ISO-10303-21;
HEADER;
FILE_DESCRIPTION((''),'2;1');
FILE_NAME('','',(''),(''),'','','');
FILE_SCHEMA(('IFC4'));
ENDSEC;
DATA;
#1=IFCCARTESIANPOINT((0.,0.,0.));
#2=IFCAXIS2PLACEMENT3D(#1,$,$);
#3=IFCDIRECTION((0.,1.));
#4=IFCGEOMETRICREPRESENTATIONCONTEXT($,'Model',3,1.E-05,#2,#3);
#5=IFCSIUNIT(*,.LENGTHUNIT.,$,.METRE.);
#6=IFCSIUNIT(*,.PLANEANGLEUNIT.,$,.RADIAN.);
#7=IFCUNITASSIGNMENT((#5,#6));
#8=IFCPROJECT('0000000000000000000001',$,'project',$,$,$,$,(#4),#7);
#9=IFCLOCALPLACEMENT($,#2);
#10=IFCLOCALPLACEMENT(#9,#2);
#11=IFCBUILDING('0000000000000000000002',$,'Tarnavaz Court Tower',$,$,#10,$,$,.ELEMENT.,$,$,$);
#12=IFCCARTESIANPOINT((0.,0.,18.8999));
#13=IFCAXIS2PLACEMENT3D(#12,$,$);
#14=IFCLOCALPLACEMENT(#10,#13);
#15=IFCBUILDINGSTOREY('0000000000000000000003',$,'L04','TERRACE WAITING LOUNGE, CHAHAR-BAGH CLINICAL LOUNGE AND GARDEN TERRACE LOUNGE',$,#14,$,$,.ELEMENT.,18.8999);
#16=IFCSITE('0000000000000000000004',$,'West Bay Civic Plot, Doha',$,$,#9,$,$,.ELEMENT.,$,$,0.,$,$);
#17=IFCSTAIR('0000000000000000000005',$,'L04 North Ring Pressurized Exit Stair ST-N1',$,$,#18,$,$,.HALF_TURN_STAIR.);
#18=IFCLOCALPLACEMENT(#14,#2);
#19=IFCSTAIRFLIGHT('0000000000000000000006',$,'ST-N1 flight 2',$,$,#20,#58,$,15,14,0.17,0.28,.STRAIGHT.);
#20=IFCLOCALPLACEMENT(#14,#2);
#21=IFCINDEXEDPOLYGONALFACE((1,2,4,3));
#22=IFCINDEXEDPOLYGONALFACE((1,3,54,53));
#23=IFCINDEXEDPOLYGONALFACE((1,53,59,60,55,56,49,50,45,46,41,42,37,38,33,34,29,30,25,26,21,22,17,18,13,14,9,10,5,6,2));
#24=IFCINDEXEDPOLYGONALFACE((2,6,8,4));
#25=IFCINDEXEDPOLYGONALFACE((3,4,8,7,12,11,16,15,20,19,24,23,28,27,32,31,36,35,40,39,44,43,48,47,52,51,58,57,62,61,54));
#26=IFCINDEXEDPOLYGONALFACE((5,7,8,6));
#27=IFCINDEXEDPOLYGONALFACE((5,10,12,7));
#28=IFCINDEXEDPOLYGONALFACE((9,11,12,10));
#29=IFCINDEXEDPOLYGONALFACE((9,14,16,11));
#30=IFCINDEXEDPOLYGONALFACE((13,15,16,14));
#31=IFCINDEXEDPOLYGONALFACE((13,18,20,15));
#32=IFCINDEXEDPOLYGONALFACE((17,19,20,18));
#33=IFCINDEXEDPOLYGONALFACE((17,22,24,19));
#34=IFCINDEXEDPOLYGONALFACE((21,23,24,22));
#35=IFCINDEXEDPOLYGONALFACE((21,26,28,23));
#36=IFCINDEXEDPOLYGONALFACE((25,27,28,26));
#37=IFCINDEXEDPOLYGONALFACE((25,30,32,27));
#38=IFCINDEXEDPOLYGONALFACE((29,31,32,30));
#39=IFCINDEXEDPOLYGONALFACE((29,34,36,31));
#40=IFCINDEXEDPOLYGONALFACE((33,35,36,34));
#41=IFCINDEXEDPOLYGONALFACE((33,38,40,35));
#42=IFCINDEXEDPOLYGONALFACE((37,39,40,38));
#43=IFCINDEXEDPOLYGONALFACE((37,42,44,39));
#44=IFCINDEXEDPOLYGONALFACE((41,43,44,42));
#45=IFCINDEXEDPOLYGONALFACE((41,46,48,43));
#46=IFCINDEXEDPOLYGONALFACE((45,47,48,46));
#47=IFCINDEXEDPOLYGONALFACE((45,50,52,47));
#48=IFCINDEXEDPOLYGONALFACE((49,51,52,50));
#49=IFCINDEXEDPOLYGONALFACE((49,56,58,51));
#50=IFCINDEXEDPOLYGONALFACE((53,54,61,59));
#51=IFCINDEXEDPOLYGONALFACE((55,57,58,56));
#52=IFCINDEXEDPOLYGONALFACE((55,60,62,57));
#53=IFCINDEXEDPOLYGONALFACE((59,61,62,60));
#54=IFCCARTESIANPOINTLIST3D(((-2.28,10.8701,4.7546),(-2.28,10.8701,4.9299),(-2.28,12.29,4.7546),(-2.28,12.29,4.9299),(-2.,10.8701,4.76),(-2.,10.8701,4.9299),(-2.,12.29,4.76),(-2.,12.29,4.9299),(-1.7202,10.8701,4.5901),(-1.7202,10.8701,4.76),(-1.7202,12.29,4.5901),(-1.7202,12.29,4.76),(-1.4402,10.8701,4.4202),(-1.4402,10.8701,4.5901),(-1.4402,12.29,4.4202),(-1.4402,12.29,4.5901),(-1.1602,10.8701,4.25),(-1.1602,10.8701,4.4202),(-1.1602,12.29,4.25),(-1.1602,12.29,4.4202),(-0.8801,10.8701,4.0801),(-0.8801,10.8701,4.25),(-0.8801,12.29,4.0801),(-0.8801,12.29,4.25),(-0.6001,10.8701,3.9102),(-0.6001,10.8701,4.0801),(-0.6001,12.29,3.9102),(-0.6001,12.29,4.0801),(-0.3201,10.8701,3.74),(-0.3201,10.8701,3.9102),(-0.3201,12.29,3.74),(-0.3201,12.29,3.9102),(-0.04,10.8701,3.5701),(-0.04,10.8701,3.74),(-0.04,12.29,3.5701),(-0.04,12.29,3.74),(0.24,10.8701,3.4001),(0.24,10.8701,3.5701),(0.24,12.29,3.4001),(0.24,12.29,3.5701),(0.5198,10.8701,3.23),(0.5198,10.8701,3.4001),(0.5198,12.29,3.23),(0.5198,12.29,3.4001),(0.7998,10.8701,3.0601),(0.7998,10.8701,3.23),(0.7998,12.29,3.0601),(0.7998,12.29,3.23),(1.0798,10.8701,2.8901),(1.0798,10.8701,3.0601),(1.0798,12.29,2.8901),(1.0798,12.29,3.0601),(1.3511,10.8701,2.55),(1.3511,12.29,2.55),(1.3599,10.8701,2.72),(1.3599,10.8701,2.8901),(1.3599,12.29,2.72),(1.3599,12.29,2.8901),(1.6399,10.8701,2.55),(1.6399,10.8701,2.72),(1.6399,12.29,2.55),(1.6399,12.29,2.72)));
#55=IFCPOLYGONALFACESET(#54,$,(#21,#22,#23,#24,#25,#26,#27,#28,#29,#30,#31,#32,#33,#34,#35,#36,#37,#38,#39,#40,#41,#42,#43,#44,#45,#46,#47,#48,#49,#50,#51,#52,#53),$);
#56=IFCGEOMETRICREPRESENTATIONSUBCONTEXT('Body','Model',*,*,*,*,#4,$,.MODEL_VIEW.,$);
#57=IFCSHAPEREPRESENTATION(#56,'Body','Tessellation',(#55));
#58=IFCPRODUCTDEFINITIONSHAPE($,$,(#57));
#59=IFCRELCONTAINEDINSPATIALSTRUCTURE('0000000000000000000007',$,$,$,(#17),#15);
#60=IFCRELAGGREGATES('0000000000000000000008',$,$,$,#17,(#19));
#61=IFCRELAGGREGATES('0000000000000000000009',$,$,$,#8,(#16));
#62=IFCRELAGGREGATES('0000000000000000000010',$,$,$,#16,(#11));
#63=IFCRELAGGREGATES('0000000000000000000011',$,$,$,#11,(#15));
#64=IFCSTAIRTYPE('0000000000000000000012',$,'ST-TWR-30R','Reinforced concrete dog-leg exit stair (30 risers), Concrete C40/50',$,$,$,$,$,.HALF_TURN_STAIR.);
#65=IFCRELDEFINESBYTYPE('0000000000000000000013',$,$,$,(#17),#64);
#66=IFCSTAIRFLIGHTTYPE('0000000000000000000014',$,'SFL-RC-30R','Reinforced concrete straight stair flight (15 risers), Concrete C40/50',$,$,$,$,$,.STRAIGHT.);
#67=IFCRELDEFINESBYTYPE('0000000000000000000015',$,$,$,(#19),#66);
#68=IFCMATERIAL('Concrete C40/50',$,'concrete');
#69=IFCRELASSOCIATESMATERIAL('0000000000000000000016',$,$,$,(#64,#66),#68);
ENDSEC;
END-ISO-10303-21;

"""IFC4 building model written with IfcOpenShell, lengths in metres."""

from ifc_helpers import new_model, si_unit, direction, frame, origin, place, context, subcontext, project, spatial, polyline, outline, extrude, material, type_object, element, aggregate, save


model = new_model("IFC4")

# Units and contexts
model_context = context("Model", 3, precision=1e-05, world=origin(), true_north=direction((0.0, 1.0)))
body_context = subcontext(model_context, "Body", "Model", "MODEL_VIEW")
ifc_project = project(units=[si_unit("LENGTHUNIT", "METRE"), si_unit("PLANEANGLEUNIT", "RADIAN")], contexts=[model_context])

# Site, building, storey
site_placement = place(None, origin())
site = spatial("IfcSite", under=ifc_project, at=site_placement, Name="West Bay Civic Plot, Doha", CompositionType="ELEMENT", RefElevation=0.0)
building_placement = place(site_placement, origin())
building = spatial("IfcBuilding", under=site, at=building_placement, Name="Tarnavaz Court Tower", CompositionType="ELEMENT")
storey_placement = place(building_placement, frame((0.0, 0.0, 18.8999)))
storey = spatial("IfcBuildingStorey", under=building, at=storey_placement, Name="L04", Description="TERRACE WAITING LOUNGE, CHAHAR-BAGH CLINICAL LOUNGE AND GARDEN TERRACE LOUNGE", CompositionType="ELEMENT", Elevation=18.8999)

# Stair, stair flight
ifc_material_1 = material(Name="Concrete C40/50", Category="concrete")
stair_type = type_object("IfcStairType", Name="ST-TWR-30R", Description="Reinforced concrete dog-leg exit stair (30 risers), Concrete C40/50", PredefinedType="HALF_TURN_STAIR", material=ifc_material_1)
stair_placement = place(storey_placement, origin())
stair = element("IfcStair", 1, at=stair_placement, inside=storey, type_object=stair_type, Name="L04 North Ring Pressurized Exit Stair ST-N1", PredefinedType="HALF_TURN_STAIR")
stair_flight_type = type_object("IfcStairFlightType", Name="SFL-RC-30R", Description="Reinforced concrete straight stair flight (15 risers), Concrete C40/50", PredefinedType="STRAIGHT", material=ifc_material_1)
stair_flight_placement = place(storey_placement, frame((1.6399, 11.5801, 2.55), z_axis=(0.0, 0.0, 1.0), x_axis=(-1.0, 0.0, 0.0)))
stair_flight = element("IfcStairFlight", 2, at=stair_flight_placement, type_object=stair_flight_type, Name="ST-N1 flight 2", NumberOfRisers=15, NumberOfTreads=14, PredefinedType="STRAIGHT", RiserHeight=0.17, TreadLength=0.28, context=body_context, shape_type="SweptSolid", body=[
    extrude(outline(polyline([(0.0, 0.0), (0.0, 0.1699), (0.28, 0.1699), (0.28, 0.3401), (0.5601, 0.3401), (0.5601, 0.51), (0.8401, 0.51), (0.8401, 0.6799), (1.1201, 0.6799), (1.1201, 0.8501), (1.3999, 0.8501), (1.3999, 1.02), (1.6799, 1.02), (1.6799, 1.1899), (1.96, 1.1899), (1.96, 1.3601), (2.24, 1.3601), (2.24, 1.53), (2.52, 1.53), (2.52, 1.7), (2.8, 1.7), (2.8, 1.8701), (3.0801, 1.8701), (3.0801, 2.04), (3.3601, 2.04), (3.3601, 2.21), (3.6399, 2.21), (3.6399, 2.3799), (3.9199, 2.3799), (3.9199, 2.55), (3.9199, 2.2046), (0.2888, 0.0), (0.0, 0.0)])), frame((0.0, 0.71, 0.0), z_axis=(0.0, -1.0, 0.0), x_axis=(1.0, 0.0, 0.0)), (0.0, 0.0, 1.0), 1.4199),
])
aggregate(stair, [stair_flight])

save(model, "model.ifc")
